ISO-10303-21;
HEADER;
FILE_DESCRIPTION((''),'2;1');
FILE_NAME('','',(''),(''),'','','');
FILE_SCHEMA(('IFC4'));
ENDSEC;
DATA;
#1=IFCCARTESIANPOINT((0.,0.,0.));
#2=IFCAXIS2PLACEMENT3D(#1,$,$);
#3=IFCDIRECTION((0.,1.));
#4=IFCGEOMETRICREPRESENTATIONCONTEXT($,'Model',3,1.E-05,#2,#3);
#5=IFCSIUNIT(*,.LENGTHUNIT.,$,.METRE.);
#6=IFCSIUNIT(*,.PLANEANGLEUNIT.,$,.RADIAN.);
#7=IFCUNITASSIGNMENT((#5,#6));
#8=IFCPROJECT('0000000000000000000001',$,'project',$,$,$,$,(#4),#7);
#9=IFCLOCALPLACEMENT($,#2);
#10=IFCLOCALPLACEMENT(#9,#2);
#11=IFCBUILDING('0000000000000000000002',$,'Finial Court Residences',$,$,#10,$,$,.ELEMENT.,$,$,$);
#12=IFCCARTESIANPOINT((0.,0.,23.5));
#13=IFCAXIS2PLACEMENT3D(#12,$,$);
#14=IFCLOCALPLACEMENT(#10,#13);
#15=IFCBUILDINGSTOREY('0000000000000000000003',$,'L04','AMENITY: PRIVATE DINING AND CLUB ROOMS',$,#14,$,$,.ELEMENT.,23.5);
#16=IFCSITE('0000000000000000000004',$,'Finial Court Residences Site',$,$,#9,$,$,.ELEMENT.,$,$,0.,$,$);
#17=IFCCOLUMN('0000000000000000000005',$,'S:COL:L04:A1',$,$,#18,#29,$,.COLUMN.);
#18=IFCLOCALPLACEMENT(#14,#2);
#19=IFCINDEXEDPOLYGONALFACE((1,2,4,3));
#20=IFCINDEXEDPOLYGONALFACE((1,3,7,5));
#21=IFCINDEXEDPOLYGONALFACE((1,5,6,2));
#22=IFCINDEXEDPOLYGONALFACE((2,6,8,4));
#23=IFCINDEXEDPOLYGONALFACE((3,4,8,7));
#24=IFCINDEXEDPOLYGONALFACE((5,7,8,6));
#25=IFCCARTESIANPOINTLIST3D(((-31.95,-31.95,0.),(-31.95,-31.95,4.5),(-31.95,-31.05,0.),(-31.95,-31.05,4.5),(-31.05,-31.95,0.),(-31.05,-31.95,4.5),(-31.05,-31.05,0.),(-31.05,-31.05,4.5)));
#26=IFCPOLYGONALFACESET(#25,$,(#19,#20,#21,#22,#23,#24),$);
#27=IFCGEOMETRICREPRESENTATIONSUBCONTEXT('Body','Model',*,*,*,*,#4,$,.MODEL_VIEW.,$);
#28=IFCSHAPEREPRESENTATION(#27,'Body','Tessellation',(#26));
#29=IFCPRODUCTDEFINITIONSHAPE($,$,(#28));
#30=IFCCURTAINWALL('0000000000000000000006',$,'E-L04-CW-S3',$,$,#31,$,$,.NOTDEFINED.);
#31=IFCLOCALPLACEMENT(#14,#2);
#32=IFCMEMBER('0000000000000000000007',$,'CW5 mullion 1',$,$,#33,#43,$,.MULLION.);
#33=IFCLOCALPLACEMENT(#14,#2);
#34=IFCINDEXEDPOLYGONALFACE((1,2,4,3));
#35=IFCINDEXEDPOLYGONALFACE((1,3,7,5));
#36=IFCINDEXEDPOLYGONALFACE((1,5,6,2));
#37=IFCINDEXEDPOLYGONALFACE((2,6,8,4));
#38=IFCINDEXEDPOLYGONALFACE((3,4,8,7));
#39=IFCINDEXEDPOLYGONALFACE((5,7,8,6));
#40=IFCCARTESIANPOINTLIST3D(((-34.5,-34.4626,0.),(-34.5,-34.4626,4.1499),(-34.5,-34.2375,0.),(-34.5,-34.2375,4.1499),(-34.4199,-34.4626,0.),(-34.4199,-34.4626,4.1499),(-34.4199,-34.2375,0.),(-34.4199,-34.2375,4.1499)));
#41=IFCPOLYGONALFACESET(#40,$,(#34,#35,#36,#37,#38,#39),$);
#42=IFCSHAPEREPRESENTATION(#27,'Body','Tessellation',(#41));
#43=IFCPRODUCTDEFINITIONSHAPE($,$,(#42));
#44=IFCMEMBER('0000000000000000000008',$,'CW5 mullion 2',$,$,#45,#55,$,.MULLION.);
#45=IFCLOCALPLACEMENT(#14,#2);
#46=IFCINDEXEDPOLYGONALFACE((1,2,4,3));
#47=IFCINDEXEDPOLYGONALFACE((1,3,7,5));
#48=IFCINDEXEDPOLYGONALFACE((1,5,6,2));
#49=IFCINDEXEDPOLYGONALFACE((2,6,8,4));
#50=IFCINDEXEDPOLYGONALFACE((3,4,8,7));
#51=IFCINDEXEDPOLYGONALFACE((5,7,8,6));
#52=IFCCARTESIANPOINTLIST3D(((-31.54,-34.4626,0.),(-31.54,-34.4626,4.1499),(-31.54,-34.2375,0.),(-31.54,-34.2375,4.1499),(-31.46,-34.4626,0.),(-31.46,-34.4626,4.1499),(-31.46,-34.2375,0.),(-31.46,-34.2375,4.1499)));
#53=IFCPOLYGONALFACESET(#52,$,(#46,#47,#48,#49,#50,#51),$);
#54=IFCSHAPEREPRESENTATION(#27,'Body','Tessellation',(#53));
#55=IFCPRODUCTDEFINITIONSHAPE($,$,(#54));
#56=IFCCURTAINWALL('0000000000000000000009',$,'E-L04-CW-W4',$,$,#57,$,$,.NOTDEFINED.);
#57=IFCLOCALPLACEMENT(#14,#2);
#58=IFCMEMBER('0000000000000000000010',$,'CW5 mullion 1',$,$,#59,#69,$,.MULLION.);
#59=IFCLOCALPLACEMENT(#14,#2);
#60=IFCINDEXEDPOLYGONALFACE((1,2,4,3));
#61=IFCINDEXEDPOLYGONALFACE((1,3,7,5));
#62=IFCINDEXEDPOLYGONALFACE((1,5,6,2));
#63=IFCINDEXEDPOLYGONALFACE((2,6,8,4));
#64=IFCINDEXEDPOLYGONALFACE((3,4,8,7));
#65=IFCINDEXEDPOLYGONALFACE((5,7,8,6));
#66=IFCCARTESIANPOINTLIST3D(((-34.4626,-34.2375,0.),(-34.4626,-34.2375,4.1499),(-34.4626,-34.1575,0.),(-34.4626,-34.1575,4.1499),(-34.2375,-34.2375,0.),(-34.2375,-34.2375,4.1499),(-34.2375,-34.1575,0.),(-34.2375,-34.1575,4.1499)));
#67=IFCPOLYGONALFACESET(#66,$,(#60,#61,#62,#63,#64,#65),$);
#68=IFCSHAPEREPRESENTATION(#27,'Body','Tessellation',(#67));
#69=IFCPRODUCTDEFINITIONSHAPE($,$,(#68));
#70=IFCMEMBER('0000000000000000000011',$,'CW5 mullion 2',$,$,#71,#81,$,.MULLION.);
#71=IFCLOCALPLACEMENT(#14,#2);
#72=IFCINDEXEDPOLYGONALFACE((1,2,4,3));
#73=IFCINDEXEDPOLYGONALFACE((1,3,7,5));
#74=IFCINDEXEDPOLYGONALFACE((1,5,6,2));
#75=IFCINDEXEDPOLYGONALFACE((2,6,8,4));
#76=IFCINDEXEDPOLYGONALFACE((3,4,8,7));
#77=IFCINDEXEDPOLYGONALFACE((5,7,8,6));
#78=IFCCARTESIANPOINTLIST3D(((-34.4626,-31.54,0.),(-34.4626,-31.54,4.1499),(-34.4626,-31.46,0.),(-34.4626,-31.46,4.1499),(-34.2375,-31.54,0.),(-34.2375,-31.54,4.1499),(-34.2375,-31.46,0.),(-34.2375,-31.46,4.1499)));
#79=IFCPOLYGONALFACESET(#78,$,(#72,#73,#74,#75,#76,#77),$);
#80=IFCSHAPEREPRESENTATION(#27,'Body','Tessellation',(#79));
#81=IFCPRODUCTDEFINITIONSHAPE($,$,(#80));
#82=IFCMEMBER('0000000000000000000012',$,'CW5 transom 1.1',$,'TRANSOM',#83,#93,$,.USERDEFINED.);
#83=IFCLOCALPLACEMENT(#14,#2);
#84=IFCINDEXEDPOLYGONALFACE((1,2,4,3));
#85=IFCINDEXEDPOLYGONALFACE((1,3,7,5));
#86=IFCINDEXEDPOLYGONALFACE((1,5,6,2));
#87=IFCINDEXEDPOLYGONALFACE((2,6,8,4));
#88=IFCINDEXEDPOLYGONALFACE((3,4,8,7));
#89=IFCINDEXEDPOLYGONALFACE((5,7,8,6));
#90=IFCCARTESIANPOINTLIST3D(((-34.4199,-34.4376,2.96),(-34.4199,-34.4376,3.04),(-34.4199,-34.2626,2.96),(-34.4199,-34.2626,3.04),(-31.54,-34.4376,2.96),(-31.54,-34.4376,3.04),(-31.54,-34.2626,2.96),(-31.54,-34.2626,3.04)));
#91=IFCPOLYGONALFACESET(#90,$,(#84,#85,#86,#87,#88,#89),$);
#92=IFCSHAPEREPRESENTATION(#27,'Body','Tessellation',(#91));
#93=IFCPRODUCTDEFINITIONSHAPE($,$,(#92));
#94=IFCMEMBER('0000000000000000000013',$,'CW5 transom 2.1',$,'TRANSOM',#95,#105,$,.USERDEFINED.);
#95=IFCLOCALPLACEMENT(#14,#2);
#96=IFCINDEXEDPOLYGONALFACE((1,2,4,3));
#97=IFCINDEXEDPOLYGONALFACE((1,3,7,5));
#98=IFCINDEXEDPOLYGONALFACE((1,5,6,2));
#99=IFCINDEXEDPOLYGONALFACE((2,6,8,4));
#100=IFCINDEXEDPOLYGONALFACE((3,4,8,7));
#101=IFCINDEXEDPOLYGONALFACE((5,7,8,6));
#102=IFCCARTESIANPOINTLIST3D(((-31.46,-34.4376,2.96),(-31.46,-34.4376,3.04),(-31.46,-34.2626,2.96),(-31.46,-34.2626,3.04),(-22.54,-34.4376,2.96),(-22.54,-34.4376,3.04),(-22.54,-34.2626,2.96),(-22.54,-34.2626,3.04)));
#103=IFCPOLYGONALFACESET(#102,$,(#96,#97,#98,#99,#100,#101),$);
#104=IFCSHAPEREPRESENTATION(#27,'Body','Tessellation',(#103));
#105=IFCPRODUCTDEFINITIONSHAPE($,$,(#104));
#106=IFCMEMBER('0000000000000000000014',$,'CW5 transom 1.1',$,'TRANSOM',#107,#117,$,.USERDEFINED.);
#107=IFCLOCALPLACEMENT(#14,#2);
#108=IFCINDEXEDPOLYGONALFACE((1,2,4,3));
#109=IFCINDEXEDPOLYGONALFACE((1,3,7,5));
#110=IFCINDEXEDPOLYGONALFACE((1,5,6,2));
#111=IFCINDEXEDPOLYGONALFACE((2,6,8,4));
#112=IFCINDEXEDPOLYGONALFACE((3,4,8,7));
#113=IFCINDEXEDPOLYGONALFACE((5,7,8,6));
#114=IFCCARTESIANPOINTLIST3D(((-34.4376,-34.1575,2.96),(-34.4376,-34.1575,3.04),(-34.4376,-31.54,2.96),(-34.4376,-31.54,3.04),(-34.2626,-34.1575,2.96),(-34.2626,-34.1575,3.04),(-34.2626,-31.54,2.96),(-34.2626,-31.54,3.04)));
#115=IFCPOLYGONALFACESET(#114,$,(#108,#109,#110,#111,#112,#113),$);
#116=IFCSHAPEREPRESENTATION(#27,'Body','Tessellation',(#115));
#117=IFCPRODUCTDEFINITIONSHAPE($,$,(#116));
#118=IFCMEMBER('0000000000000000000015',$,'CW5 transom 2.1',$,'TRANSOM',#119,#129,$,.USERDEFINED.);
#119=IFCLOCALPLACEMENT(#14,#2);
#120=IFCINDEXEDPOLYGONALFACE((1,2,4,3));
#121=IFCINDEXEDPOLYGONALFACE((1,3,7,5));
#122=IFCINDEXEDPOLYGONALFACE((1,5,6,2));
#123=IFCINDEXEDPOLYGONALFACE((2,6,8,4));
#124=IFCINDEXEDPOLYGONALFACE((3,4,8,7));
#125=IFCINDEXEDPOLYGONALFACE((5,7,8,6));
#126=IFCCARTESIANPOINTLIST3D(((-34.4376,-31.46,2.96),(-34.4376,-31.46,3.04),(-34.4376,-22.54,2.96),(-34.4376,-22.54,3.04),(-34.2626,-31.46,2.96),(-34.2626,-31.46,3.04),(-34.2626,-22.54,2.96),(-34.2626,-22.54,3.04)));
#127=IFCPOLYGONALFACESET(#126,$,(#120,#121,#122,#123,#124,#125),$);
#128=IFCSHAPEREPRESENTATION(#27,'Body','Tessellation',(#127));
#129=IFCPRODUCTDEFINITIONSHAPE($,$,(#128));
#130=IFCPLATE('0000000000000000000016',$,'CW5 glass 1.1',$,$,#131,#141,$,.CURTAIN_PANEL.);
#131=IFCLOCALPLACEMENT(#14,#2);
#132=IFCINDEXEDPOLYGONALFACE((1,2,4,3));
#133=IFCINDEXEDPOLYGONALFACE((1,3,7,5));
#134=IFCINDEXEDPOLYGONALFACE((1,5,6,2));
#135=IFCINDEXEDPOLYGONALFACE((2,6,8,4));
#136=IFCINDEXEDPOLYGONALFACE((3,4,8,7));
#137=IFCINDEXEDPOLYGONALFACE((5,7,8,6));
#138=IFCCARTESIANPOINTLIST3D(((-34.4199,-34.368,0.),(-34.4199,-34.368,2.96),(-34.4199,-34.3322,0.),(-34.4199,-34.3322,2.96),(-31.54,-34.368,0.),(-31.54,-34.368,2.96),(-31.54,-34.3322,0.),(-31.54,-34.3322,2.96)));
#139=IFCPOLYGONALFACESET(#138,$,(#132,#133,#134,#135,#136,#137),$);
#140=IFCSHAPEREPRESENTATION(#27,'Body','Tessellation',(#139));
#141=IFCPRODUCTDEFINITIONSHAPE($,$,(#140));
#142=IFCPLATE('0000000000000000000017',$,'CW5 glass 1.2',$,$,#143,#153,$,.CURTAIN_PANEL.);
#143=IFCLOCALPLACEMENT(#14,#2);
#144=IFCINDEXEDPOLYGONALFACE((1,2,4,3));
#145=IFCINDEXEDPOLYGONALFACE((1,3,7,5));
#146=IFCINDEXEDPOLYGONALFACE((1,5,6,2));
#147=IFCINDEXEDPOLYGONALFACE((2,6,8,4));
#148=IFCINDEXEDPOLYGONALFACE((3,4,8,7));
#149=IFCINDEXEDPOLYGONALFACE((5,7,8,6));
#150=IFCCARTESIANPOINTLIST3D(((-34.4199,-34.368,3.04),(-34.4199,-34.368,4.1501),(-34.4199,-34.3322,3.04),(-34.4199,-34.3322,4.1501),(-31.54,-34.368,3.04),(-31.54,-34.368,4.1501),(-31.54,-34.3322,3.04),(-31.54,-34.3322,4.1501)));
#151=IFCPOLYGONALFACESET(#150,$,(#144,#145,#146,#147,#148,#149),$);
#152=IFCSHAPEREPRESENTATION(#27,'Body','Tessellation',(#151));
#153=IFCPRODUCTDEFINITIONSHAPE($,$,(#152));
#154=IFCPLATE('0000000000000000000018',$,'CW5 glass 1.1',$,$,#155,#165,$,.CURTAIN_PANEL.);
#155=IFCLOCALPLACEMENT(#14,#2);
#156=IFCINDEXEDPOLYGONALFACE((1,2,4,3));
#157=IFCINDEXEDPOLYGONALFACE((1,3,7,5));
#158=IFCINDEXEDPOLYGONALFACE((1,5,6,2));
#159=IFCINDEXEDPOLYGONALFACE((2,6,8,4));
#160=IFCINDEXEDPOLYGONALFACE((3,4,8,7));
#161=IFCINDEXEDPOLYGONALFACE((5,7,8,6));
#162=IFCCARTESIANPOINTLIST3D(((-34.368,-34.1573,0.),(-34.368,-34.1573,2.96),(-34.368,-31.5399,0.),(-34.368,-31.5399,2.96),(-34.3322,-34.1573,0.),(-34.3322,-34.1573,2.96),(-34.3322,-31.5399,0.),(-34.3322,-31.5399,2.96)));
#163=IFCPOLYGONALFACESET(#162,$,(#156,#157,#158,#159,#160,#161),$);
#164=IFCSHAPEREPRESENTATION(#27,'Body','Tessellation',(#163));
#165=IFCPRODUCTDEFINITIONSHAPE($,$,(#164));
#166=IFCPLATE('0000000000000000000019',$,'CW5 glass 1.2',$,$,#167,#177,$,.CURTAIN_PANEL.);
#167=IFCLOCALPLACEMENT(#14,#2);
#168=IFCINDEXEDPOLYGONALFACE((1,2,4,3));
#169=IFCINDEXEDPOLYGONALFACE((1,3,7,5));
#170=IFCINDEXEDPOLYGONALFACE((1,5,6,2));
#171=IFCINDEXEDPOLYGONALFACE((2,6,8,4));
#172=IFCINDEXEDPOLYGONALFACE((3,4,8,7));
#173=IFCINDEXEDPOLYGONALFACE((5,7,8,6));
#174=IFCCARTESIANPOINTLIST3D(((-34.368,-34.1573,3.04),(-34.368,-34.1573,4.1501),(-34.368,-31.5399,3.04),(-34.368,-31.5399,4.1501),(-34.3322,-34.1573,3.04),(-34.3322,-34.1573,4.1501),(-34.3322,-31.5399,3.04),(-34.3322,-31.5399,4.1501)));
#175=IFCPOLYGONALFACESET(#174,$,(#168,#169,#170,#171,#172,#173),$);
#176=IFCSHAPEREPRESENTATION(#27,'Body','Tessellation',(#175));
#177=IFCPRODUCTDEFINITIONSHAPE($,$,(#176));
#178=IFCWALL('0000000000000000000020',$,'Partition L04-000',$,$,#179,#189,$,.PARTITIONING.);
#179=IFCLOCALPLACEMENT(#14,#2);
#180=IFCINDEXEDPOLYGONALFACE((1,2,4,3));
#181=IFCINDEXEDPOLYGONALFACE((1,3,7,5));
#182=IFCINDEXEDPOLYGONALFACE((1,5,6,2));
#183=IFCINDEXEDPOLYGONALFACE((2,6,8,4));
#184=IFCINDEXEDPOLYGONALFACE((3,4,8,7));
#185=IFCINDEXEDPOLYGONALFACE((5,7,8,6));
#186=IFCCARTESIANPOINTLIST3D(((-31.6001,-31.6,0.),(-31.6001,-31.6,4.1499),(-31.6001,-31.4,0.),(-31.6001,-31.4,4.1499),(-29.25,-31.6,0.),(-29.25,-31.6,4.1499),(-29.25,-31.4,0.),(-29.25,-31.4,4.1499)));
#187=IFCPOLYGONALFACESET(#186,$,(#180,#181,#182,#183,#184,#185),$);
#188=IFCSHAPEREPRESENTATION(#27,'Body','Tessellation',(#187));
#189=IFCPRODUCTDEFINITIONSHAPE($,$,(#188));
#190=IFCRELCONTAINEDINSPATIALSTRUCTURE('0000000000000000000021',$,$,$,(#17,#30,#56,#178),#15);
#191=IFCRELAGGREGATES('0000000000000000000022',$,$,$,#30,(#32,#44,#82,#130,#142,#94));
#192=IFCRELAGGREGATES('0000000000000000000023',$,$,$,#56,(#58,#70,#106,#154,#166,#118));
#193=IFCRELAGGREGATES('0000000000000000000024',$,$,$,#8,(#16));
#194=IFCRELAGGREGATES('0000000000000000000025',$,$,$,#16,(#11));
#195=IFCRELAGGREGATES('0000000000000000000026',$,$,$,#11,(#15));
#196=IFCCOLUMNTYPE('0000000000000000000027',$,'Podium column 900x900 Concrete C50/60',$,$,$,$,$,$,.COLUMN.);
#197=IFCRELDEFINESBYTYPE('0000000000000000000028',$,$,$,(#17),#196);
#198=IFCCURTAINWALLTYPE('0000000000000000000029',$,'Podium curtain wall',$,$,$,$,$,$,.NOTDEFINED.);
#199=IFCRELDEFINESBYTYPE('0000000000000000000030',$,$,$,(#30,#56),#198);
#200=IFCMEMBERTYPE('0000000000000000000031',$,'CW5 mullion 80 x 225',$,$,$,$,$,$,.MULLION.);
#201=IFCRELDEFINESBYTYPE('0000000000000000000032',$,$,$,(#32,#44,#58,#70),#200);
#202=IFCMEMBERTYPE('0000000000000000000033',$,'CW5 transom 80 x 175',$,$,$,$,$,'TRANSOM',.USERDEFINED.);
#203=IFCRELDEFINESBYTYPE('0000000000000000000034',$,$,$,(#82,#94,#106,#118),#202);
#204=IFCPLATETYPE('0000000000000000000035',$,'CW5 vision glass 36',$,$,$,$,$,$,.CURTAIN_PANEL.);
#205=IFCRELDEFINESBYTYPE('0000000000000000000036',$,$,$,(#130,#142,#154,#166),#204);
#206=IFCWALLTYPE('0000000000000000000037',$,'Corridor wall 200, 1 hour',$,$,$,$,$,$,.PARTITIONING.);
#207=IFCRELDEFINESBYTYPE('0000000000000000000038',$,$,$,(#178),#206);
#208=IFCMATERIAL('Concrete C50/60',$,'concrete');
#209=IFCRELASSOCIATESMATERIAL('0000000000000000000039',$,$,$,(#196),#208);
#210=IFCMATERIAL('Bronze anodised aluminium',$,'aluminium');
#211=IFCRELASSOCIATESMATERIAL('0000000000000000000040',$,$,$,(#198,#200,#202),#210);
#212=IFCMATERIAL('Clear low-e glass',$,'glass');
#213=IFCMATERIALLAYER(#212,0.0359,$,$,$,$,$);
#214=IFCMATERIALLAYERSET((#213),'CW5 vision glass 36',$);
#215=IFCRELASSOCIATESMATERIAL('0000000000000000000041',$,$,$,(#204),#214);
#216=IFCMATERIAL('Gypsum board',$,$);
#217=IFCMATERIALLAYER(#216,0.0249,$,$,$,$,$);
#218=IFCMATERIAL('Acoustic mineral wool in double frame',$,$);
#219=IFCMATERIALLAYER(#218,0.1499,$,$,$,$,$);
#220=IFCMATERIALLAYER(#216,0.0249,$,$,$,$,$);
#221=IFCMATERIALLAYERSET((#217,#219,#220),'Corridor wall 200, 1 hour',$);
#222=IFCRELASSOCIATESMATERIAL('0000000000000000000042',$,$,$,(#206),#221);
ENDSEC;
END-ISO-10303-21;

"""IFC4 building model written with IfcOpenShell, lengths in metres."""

from ifc_helpers import new_model, si_unit, direction, frame, frame_2d, origin, origin_2d, place, context, subcontext, project, spatial, rectangle, extrude, material, layer, layer_set, material_profile, profile_set, type_object, element, aggregate, save


model = new_model("IFC4")

# Units and contexts
model_context = context("Model", 3, precision=1e-05, world=origin(), true_north=direction((0.0, 1.0)))
body_context = subcontext(model_context, "Body", "Model", "MODEL_VIEW")
ifc_project = project(units=[si_unit("LENGTHUNIT", "METRE"), si_unit("PLANEANGLEUNIT", "RADIAN")], contexts=[model_context])

# Site, building, storey
site_placement = place(None, origin())
site = spatial("IfcSite", under=ifc_project, at=site_placement, Name="Finial Court Residences Site", CompositionType="ELEMENT", RefElevation=0.0)
building_placement = place(site_placement, origin())
building = spatial("IfcBuilding", under=site, at=building_placement, Name="Finial Court Residences", CompositionType="ELEMENT")
storey_placement = place(building_placement, frame((0.0, 0.0, 23.5)))
storey = spatial("IfcBuildingStorey", under=building, at=storey_placement, Name="L04", Description="AMENITY: PRIVATE DINING AND CLUB ROOMS", CompositionType="ELEMENT", Elevation=23.5)

# Column
ifc_material_1 = material(Name="Concrete C50/60", Category="concrete")
ifc_material_profile_1 = material_profile(ifc_material_1, rectangle(XDim=0.8999, YDim=0.8999, at=origin_2d()), Name="900x900")
ifc_profile_set_1 = profile_set([ifc_material_profile_1], Name="Concrete C50/60")
column_type = type_object("IfcColumnType", Name="Podium column 900x900 Concrete C50/60", PredefinedType="COLUMN", material=ifc_profile_set_1)
column_placement = place(storey_placement, frame((-31.5, -31.5, 0.0), z_axis=(0.0, 0.0, 1.0), x_axis=(1.0, 0.0, 0.0)))
element("IfcColumn", 1, at=column_placement, inside=storey, type_object=column_type, Name="S:COL:L04:A1", PredefinedType="COLUMN", context=body_context, shape_type="SweptSolid", body=[
    extrude(rectangle(XDim=0.8999, YDim=0.8999, at=origin_2d()), origin(), (0.0, 0.0, 1.0), 4.5),
])

# Curtain walls, members
ifc_material_2 = material(Name="Bronze anodised aluminium", Category="aluminium")
curtain_wall_type = type_object("IfcCurtainWallType", Name="Podium curtain wall", PredefinedType="NOTDEFINED", material=ifc_material_2)
curtain_wall_1_placement = place(storey_placement, origin())
curtain_wall_1 = element("IfcCurtainWall", 2, at=curtain_wall_1_placement, inside=storey, type_object=curtain_wall_type, Name="E-L04-CW-S3", PredefinedType="NOTDEFINED")
ifc_material_profile_2 = material_profile(ifc_material_2, rectangle(XDim=0.2251, YDim=0.0801, at=origin_2d()), Name="CW5 mullion 80 x 225")
ifc_profile_set_2 = profile_set([ifc_material_profile_2], Name="Bronze anodised aluminium")
member_type_1 = type_object("IfcMemberType", Name="CW5 mullion 80 x 225", PredefinedType="MULLION", material=ifc_profile_set_2)
member_1_placement = place(storey_placement, frame((-34.46, -34.3501, 0.0), z_axis=(0.0, 0.0, 1.0), x_axis=(0.0, 1.0, 0.0)))
member_1 = element("IfcMember", 3, at=member_1_placement, type_object=member_type_1, Name="CW5 mullion 1", PredefinedType="MULLION", context=body_context, shape_type="SweptSolid", body=[
    extrude(rectangle(XDim=0.2251, YDim=0.0801, at=origin_2d()), origin(), (0.0, 0.0, 1.0), 4.1499),
])
member_2_placement = place(storey_placement, frame((-31.5, -34.3501, 0.0), z_axis=(0.0, 0.0, 1.0), x_axis=(0.0, 1.0, 0.0)))
member_2 = element("IfcMember", 4, at=member_2_placement, type_object=member_type_1, Name="CW5 mullion 2", PredefinedType="MULLION", context=body_context, shape_type="SweptSolid", body=[
    extrude(rectangle(XDim=0.2251, YDim=0.0801, at=origin_2d()), origin(), (0.0, 0.0, 1.0), 4.1499),
])
curtain_wall_2_placement = place(storey_placement, origin())
curtain_wall_2 = element("IfcCurtainWall", 5, at=curtain_wall_2_placement, inside=storey, type_object=curtain_wall_type, Name="E-L04-CW-W4", PredefinedType="NOTDEFINED")
member_3_placement = place(storey_placement, frame((-34.3501, -34.1975, 0.0), z_axis=(0.0, 0.0, 1.0), x_axis=(-1.0, 0.0, 0.0)))
member_3 = element("IfcMember", 6, at=member_3_placement, type_object=member_type_1, Name="CW5 mullion 1", PredefinedType="MULLION", context=body_context, shape_type="SweptSolid", body=[
    extrude(rectangle(XDim=0.2251, YDim=0.0801, at=origin_2d()), origin(), (0.0, 0.0, 1.0), 4.1499),
])
member_4_placement = place(storey_placement, frame((-34.3501, -31.5, 0.0), z_axis=(0.0, 0.0, 1.0), x_axis=(-1.0, 0.0, 0.0)))
member_4 = element("IfcMember", 7, at=member_4_placement, type_object=member_type_1, Name="CW5 mullion 2", PredefinedType="MULLION", context=body_context, shape_type="SweptSolid", body=[
    extrude(rectangle(XDim=0.2251, YDim=0.0801, at=origin_2d()), origin(), (0.0, 0.0, 1.0), 4.1499),
])

# Members
ifc_material_profile_3 = material_profile(ifc_material_2, rectangle(XDim=0.175, YDim=0.0801, at=origin_2d()), Name="CW5 transom 80 x 175")
ifc_profile_set_3 = profile_set([ifc_material_profile_3], Name="Bronze anodised aluminium")
member_type_2 = type_object("IfcMemberType", Name="CW5 transom 80 x 175", ElementType="TRANSOM", PredefinedType="USERDEFINED", material=ifc_profile_set_3)
member_5_placement = place(storey_placement, frame((-34.4199, -34.3501, 3.0), z_axis=(1.0, 0.0, 0.0), x_axis=(0.0, 1.0, 0.0)))
member_5 = element("IfcMember", 8, at=member_5_placement, type_object=member_type_2, Name="CW5 transom 1.1", ObjectType="TRANSOM", PredefinedType="USERDEFINED", context=body_context, shape_type="SweptSolid", body=[
    extrude(rectangle(XDim=0.175, YDim=0.0801, at=origin_2d()), origin(), (0.0, 0.0, 1.0), 2.8799),
])
member_6_placement = place(storey_placement, frame((-31.46, -34.3501, 3.0), z_axis=(1.0, 0.0, 0.0), x_axis=(0.0, 1.0, 0.0)))
member_6 = element("IfcMember", 9, at=member_6_placement, type_object=member_type_2, Name="CW5 transom 2.1", ObjectType="TRANSOM", PredefinedType="USERDEFINED", context=body_context, shape_type="SweptSolid", body=[
    extrude(rectangle(XDim=0.175, YDim=0.0801, at=origin_2d()), origin(), (0.0, 0.0, 1.0), 8.9199),
])
member_7_placement = place(storey_placement, frame((-34.3501, -34.1575, 3.0), z_axis=(0.0, 1.0, 0.0), x_axis=(-1.0, 0.0, 0.0)))
member_7 = element("IfcMember", 10, at=member_7_placement, type_object=member_type_2, Name="CW5 transom 1.1", ObjectType="TRANSOM", PredefinedType="USERDEFINED", context=body_context, shape_type="SweptSolid", body=[
    extrude(rectangle(XDim=0.175, YDim=0.0801, at=origin_2d()), origin(), (0.0, 0.0, 1.0), 2.6174),
])
member_8_placement = place(storey_placement, frame((-34.3501, -31.46, 3.0), z_axis=(0.0, 1.0, 0.0), x_axis=(-1.0, 0.0, 0.0)))
member_8 = element("IfcMember", 11, at=member_8_placement, type_object=member_type_2, Name="CW5 transom 2.1", ObjectType="TRANSOM", PredefinedType="USERDEFINED", context=body_context, shape_type="SweptSolid", body=[
    extrude(rectangle(XDim=0.175, YDim=0.0801, at=origin_2d()), origin(), (0.0, 0.0, 1.0), 8.9199),
])

# Plates
ifc_material_3 = material(Name="Clear low-e glass", Category="glass")
ifc_layer_1 = layer(ifc_material_3, 0.0359)
ifc_layer_set_1 = layer_set([ifc_layer_1], Name="CW5 vision glass 36")
plate_type = type_object("IfcPlateType", Name="CW5 vision glass 36", PredefinedType="CURTAIN_PANEL", material=ifc_layer_set_1)
plate_1_placement = place(storey_placement, frame((-32.98, -34.3501, 0.0), z_axis=(0.0, 0.0, 1.0), x_axis=(1.0, 0.0, 0.0)))
plate_1 = element("IfcPlate", 12, at=plate_1_placement, type_object=plate_type, Name="CW5 glass 1.1", PredefinedType="CURTAIN_PANEL", context=body_context, shape_type="SweptSolid", body=[
    extrude(rectangle(XDim=2.8799, YDim=0.0359, at=origin_2d()), origin(), (0.0, 0.0, 1.0), 2.96),
])
plate_2_placement = place(storey_placement, frame((-32.98, -34.3501, 3.04), z_axis=(0.0, 0.0, 1.0), x_axis=(1.0, 0.0, 0.0)))
plate_2 = element("IfcPlate", 13, at=plate_2_placement, type_object=plate_type, Name="CW5 glass 1.2", PredefinedType="CURTAIN_PANEL", context=body_context, shape_type="SweptSolid", body=[
    extrude(rectangle(XDim=2.8799, YDim=0.0359, at=origin_2d()), origin(), (0.0, 0.0, 1.0), 1.1101),
])
aggregate(curtain_wall_1, [member_1, member_2, member_5, plate_1, plate_2, member_6])
plate_3_placement = place(storey_placement, frame((-34.3501, -32.8486, 0.0), z_axis=(0.0, 0.0, 1.0), x_axis=(0.0, 1.0, 0.0)))
plate_3 = element("IfcPlate", 14, at=plate_3_placement, type_object=plate_type, Name="CW5 glass 1.1", PredefinedType="CURTAIN_PANEL", context=body_context, shape_type="SweptSolid", body=[
    extrude(rectangle(XDim=2.6174, YDim=0.0359, at=origin_2d()), origin(), (0.0, 0.0, 1.0), 2.96),
])
plate_4_placement = place(storey_placement, frame((-34.3501, -32.8486, 3.04), z_axis=(0.0, 0.0, 1.0), x_axis=(0.0, 1.0, 0.0)))
plate_4 = element("IfcPlate", 15, at=plate_4_placement, type_object=plate_type, Name="CW5 glass 1.2", PredefinedType="CURTAIN_PANEL", context=body_context, shape_type="SweptSolid", body=[
    extrude(rectangle(XDim=2.6174, YDim=0.0359, at=origin_2d()), origin(), (0.0, 0.0, 1.0), 1.1101),
])
aggregate(curtain_wall_2, [member_3, member_4, member_7, plate_3, plate_4, member_8])

# Wall
ifc_material_4 = material(Name="Gypsum board")
ifc_layer_2 = layer(ifc_material_4, 0.0249)
ifc_material_5 = material(Name="Acoustic mineral wool in double frame")
ifc_layer_3 = layer(ifc_material_5, 0.1499)
ifc_layer_4 = layer(ifc_material_4, 0.0249)
ifc_layer_set_2 = layer_set([ifc_layer_2, ifc_layer_3, ifc_layer_4], Name="Corridor wall 200, 1 hour")
wall_type = type_object("IfcWallType", Name="Corridor wall 200, 1 hour", PredefinedType="PARTITIONING", material=ifc_layer_set_2)
wall_1_placement = place(storey_placement, frame((-31.6001, -31.5, 0.0), z_axis=(0.0, 0.0, 1.0), x_axis=(1.0, 0.0, 0.0)))
element("IfcWall", 16, at=wall_1_placement, inside=storey, type_object=wall_type, Name="Partition L04-000", PredefinedType="PARTITIONING", context=body_context, shape_type="SweptSolid", body=[
    extrude(rectangle(XDim=2.3501, YDim=0.2, at=frame_2d((1.175, 0.0))), origin(), (0.0, 0.0, 1.0), 4.1499),
])

save(model, "model.ifc")
